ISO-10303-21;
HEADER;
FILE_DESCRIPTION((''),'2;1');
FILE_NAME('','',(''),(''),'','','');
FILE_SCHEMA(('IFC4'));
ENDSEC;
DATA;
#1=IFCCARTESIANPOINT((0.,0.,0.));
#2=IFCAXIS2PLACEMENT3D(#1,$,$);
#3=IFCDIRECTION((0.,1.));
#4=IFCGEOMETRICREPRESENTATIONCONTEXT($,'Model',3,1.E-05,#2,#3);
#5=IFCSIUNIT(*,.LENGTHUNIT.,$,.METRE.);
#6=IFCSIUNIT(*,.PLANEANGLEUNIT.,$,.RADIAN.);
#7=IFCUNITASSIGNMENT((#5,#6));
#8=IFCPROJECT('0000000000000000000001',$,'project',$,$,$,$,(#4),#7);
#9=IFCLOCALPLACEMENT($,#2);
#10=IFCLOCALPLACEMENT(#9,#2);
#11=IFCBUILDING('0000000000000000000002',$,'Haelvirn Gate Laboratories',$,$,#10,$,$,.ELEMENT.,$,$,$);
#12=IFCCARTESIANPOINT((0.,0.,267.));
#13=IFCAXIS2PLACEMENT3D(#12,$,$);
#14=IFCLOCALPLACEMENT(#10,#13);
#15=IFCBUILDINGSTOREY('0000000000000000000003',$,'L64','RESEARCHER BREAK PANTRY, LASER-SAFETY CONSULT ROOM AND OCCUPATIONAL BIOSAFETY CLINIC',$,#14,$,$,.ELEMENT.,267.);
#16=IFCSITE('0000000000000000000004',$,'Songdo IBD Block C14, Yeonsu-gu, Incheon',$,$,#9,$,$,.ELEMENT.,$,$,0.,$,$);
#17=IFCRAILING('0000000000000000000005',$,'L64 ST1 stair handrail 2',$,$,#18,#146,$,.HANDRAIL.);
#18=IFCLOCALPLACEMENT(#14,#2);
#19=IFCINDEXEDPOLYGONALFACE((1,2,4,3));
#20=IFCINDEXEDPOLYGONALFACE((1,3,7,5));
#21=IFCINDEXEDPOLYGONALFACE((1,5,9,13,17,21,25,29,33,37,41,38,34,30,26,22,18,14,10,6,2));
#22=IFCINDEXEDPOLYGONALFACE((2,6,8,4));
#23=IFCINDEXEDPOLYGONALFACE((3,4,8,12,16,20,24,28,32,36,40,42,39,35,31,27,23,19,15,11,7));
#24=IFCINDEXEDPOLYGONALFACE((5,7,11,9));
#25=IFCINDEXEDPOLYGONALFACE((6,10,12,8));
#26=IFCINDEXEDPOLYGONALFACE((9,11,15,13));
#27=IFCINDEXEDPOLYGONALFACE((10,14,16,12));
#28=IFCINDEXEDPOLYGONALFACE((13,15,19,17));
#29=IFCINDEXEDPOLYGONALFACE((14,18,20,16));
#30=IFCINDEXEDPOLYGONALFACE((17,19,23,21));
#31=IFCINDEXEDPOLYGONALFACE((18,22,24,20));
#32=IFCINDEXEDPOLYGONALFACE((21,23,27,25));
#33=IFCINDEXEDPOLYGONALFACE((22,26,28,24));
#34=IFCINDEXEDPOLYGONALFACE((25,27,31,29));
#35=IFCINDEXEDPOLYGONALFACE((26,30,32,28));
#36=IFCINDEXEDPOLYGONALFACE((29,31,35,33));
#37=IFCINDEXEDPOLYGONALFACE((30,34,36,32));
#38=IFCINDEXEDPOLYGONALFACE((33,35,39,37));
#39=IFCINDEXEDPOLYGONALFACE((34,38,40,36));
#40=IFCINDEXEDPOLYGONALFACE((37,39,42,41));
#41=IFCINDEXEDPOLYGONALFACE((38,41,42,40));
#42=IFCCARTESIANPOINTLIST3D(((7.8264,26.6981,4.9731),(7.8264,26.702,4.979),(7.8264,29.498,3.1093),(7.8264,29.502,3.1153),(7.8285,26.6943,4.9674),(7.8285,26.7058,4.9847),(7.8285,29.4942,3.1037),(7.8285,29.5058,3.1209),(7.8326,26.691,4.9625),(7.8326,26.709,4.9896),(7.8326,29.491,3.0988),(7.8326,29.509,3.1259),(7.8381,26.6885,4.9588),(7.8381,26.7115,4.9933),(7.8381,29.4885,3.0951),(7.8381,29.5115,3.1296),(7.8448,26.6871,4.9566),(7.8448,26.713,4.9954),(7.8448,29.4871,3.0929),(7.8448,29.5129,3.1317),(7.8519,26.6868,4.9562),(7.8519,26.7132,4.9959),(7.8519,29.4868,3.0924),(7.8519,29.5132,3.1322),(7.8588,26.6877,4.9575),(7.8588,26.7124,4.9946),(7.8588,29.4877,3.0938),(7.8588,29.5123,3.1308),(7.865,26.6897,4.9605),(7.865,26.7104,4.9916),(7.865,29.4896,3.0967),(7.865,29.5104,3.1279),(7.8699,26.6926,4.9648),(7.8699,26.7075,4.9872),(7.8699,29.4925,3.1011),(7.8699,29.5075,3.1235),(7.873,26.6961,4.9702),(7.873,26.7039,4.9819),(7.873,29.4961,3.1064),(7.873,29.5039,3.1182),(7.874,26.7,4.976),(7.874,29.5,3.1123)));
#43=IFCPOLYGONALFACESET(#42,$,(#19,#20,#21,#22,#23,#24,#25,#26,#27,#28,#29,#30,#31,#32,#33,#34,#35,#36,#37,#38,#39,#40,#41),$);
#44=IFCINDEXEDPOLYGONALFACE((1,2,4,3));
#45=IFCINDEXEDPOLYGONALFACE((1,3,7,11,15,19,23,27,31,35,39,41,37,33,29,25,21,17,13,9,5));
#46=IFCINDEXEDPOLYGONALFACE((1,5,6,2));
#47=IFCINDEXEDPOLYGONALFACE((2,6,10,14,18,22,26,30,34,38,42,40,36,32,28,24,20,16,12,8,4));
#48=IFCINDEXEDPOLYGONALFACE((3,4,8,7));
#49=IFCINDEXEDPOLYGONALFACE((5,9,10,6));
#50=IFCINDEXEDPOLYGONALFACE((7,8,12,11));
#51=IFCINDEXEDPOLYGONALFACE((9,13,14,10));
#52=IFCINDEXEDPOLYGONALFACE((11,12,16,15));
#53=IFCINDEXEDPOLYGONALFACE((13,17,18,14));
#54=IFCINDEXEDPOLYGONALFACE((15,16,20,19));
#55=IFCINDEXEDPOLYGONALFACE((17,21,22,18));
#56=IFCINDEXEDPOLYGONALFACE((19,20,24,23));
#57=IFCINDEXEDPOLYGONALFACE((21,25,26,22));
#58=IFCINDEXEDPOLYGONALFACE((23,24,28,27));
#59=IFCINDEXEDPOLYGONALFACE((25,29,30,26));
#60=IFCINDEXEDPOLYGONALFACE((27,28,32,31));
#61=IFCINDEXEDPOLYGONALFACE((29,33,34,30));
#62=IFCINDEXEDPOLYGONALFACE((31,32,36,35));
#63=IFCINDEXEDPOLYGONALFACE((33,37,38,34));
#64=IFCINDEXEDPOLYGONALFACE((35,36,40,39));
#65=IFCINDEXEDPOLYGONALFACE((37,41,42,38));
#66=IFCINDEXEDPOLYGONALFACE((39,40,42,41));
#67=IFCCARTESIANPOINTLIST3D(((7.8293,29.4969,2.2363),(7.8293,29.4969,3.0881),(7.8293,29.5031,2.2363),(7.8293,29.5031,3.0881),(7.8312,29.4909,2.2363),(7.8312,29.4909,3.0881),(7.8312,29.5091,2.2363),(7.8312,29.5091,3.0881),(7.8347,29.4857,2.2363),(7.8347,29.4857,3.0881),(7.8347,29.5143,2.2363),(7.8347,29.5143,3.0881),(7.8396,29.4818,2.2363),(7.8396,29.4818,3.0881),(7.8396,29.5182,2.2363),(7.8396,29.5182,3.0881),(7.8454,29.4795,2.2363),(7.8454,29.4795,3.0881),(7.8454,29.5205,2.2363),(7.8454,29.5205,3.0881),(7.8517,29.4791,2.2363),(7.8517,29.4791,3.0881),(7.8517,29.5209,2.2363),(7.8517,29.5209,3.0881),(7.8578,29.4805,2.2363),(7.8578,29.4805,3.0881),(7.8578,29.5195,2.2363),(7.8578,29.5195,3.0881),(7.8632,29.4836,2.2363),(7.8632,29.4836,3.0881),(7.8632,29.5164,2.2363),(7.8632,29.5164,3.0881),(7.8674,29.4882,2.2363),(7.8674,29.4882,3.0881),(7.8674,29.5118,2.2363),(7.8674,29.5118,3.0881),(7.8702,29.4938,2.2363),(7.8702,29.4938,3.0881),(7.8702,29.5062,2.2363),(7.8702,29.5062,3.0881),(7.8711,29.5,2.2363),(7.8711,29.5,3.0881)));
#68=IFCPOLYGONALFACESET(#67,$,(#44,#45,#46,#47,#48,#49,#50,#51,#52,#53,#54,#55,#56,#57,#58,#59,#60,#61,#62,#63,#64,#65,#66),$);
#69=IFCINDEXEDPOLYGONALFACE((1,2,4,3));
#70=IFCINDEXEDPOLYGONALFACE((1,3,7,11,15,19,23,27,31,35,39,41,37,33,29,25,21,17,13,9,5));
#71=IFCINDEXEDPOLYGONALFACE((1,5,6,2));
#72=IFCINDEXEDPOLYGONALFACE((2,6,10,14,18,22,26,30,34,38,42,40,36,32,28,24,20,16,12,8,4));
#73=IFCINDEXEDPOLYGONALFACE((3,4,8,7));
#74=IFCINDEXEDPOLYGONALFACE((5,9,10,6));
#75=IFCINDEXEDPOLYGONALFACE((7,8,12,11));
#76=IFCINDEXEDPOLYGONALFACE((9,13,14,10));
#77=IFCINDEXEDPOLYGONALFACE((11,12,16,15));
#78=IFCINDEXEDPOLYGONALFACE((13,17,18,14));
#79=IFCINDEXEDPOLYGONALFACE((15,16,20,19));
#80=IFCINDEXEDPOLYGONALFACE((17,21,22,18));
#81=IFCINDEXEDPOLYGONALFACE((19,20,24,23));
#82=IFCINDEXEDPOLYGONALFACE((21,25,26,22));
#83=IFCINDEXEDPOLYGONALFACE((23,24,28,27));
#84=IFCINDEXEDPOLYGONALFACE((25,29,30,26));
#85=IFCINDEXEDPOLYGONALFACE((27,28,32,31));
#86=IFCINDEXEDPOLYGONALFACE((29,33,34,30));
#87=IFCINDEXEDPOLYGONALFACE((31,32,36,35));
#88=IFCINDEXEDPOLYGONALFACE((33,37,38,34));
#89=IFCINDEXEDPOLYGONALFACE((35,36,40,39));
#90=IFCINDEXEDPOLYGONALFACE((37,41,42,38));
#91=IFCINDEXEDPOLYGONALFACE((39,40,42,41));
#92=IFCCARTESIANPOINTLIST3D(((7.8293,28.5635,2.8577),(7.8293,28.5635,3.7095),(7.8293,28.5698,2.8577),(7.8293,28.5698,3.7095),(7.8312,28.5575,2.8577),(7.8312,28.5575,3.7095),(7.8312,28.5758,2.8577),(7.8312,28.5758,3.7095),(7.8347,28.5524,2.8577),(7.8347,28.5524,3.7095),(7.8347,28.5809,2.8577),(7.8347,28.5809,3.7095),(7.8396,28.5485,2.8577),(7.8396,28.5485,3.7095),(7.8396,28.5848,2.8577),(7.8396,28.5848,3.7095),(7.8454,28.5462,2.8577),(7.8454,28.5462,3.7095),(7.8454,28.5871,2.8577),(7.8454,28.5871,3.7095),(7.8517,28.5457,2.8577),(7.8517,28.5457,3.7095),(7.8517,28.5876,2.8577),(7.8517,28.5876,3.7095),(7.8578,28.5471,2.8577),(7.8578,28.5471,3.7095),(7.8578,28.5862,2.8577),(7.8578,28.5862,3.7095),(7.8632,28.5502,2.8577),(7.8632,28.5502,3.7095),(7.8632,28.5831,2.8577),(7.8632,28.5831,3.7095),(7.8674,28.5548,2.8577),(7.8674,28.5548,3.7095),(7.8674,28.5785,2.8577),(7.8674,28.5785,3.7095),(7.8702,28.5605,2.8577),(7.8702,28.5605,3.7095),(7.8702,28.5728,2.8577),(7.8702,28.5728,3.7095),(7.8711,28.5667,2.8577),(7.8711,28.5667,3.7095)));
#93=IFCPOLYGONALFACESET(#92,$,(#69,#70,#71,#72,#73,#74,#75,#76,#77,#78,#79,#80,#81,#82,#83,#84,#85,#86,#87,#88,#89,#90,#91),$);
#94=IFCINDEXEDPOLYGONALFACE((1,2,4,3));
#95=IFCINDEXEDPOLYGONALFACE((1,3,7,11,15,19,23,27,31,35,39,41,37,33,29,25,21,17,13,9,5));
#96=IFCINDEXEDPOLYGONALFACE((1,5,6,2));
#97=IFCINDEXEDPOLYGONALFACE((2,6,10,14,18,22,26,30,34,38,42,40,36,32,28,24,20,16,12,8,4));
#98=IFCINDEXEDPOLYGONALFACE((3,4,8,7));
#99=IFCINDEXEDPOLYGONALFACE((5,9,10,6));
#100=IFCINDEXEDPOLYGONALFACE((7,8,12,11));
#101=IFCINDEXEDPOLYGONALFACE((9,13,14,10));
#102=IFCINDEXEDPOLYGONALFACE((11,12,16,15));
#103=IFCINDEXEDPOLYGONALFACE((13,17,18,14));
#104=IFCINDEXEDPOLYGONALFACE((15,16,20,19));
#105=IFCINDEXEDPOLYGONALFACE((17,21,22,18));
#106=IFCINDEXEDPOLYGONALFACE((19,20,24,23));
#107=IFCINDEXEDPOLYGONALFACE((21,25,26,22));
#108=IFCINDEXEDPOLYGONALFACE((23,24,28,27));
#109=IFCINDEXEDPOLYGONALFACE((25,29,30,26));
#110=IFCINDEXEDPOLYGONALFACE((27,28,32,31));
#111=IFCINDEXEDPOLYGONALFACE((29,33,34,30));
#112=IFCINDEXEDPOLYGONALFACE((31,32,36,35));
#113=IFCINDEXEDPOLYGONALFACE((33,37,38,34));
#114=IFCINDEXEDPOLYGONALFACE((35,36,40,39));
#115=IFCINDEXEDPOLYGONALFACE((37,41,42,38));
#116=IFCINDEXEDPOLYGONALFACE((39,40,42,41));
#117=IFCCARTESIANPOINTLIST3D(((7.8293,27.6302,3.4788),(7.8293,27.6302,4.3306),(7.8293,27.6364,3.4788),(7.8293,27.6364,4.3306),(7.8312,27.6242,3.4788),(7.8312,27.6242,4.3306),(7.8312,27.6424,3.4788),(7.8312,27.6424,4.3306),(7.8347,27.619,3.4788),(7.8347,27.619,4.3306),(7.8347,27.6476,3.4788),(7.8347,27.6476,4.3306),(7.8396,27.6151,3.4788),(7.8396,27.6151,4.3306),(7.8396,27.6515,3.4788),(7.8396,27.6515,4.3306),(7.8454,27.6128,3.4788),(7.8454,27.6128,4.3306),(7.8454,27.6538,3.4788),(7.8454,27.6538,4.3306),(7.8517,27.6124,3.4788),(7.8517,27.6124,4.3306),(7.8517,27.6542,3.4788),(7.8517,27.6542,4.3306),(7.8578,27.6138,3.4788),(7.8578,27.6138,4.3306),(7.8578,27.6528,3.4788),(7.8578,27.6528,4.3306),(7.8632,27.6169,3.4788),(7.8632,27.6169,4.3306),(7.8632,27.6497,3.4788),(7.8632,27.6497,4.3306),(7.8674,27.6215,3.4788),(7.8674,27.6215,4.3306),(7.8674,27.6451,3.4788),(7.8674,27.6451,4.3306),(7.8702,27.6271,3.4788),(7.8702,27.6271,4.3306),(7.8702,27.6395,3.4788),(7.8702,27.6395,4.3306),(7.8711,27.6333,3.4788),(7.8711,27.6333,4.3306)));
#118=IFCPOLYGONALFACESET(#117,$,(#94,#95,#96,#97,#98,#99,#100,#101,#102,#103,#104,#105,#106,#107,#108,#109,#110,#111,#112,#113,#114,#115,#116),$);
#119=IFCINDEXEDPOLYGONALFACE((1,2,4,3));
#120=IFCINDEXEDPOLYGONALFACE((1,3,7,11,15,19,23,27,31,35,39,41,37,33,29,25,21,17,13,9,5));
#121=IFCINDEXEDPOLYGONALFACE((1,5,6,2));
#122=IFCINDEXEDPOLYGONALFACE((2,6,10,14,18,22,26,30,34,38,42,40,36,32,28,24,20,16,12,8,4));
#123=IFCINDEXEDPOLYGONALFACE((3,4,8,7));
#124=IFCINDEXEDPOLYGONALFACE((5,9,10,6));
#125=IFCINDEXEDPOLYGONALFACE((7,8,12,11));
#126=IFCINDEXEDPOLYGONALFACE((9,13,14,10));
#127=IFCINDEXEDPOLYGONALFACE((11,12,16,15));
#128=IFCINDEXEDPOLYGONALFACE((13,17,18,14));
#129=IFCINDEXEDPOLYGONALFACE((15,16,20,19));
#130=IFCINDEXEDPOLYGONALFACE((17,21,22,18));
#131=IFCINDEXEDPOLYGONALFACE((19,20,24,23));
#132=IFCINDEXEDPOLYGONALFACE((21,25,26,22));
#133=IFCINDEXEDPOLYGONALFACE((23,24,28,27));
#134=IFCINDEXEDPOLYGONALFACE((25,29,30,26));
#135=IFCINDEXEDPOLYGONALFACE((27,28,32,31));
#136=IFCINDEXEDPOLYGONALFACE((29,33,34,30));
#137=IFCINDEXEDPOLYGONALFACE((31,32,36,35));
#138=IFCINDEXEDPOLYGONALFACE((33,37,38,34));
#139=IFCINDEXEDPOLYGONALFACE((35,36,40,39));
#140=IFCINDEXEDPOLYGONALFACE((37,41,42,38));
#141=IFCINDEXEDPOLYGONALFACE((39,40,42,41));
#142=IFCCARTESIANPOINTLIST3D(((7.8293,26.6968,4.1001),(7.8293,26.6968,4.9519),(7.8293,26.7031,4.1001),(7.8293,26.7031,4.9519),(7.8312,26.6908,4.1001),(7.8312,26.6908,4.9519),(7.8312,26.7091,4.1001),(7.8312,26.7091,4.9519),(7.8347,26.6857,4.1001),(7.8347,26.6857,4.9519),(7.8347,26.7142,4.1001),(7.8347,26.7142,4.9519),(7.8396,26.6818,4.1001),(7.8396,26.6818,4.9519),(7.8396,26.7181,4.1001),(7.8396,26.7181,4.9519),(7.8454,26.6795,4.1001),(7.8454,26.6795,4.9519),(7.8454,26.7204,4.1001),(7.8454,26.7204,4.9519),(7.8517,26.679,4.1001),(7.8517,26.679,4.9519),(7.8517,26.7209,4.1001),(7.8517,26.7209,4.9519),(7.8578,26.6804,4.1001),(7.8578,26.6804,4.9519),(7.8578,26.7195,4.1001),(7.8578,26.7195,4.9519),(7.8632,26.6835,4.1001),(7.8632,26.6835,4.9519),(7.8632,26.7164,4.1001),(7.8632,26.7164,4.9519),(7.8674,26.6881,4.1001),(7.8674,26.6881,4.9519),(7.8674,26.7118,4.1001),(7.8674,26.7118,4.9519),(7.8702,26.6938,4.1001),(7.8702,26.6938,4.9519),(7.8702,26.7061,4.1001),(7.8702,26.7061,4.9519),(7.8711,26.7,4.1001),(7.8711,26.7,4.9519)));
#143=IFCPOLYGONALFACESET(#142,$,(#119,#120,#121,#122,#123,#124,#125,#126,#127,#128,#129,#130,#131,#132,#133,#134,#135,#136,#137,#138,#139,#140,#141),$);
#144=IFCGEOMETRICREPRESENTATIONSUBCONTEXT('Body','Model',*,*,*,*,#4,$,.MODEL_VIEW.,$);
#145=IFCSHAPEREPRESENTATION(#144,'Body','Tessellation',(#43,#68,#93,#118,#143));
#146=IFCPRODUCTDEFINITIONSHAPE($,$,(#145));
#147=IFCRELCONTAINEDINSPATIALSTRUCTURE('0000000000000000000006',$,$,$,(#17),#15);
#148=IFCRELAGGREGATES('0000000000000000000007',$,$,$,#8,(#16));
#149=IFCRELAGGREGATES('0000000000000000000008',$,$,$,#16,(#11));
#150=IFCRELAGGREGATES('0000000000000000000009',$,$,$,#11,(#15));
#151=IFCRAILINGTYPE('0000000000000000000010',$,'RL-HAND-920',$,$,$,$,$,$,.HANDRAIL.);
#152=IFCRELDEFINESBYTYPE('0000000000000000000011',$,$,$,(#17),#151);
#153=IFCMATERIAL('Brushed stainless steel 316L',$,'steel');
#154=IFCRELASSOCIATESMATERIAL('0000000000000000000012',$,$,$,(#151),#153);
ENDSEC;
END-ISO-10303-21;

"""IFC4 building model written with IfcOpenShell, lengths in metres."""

from ifc_helpers import new_model, si_unit, direction, frame, origin, origin_2d, place, context, subcontext, project, spatial, circle, extrude, source, transform, mapped, material, type_object, element, save


model = new_model("IFC4")

# Units and contexts
model_context = context("Model", 3, precision=1e-05, world=origin(), true_north=direction((0.0, 1.0)))
body_context = subcontext(model_context, "Body", "Model", "MODEL_VIEW")
ifc_project = project(units=[si_unit("LENGTHUNIT", "METRE"), si_unit("PLANEANGLEUNIT", "RADIAN")], contexts=[model_context])

# Site, building, storey
site_placement = place(None, origin())
site = spatial("IfcSite", under=ifc_project, at=site_placement, Name="Songdo IBD Block C14, Yeonsu-gu, Incheon", CompositionType="ELEMENT", RefElevation=0.0)
building_placement = place(site_placement, origin())
building = spatial("IfcBuilding", under=site, at=building_placement, Name="Haelvirn Gate Laboratories", CompositionType="ELEMENT")
storey_placement = place(building_placement, frame((0.0, 0.0, 267.0)))
storey = spatial("IfcBuildingStorey", under=building, at=storey_placement, Name="L64", Description="RESEARCHER BREAK PANTRY, LASER-SAFETY CONSULT ROOM AND OCCUPATIONAL BIOSAFETY CLINIC", CompositionType="ELEMENT", Elevation=267.0)

# Railing
ifc_material_1 = material(Name="Brushed stainless steel 316L", Category="steel")
railing_type_1 = type_object("IfcRailingType", Name="RL-HAND-920", PredefinedType="HANDRAIL", material=ifc_material_1)
shared_shape_1 = source(origin(), body_context, "Body", "SweptSolid", [
    extrude(circle(Radius=0.0239, at=origin_2d()), frame((0.0, 0.0, 0.876), z_axis=(0.0, -0.832452, 0.554097), x_axis=(1.0, 0.0, 0.0)), (0.0, 0.0, 1.0), 3.3635),
    extrude(circle(Radius=0.021, at=origin_2d()), origin(), (0.0, 0.0, 1.0), 0.8518),
    extrude(circle(Radius=0.021, at=origin_2d()), frame((0.0, -0.9333, 0.6213)), (0.0, 0.0, 1.0), 0.8518),
    extrude(circle(Radius=0.021, at=origin_2d()), frame((0.0, -1.8667, 1.2424)), (0.0, 0.0, 1.0), 0.8518),
    extrude(circle(Radius=0.021, at=origin_2d()), frame((0.0, -2.8, 1.8638)), (0.0, 0.0, 1.0), 0.8518),
])
railing_1_placement = place(storey_placement, frame((7.8501, 29.5, 2.2363)))
element("IfcRailing", 1, at=railing_1_placement, inside=storey, type_object=railing_type_1, Name="L64 ST1 stair handrail 2", PredefinedType="HANDRAIL", context=body_context, shape_type="MappedRepresentation", body=[
    mapped(shared_shape_1, transform((0.0, 0.0, 0.0), scale=1.0)),
])

save(model, "model.ifc")
